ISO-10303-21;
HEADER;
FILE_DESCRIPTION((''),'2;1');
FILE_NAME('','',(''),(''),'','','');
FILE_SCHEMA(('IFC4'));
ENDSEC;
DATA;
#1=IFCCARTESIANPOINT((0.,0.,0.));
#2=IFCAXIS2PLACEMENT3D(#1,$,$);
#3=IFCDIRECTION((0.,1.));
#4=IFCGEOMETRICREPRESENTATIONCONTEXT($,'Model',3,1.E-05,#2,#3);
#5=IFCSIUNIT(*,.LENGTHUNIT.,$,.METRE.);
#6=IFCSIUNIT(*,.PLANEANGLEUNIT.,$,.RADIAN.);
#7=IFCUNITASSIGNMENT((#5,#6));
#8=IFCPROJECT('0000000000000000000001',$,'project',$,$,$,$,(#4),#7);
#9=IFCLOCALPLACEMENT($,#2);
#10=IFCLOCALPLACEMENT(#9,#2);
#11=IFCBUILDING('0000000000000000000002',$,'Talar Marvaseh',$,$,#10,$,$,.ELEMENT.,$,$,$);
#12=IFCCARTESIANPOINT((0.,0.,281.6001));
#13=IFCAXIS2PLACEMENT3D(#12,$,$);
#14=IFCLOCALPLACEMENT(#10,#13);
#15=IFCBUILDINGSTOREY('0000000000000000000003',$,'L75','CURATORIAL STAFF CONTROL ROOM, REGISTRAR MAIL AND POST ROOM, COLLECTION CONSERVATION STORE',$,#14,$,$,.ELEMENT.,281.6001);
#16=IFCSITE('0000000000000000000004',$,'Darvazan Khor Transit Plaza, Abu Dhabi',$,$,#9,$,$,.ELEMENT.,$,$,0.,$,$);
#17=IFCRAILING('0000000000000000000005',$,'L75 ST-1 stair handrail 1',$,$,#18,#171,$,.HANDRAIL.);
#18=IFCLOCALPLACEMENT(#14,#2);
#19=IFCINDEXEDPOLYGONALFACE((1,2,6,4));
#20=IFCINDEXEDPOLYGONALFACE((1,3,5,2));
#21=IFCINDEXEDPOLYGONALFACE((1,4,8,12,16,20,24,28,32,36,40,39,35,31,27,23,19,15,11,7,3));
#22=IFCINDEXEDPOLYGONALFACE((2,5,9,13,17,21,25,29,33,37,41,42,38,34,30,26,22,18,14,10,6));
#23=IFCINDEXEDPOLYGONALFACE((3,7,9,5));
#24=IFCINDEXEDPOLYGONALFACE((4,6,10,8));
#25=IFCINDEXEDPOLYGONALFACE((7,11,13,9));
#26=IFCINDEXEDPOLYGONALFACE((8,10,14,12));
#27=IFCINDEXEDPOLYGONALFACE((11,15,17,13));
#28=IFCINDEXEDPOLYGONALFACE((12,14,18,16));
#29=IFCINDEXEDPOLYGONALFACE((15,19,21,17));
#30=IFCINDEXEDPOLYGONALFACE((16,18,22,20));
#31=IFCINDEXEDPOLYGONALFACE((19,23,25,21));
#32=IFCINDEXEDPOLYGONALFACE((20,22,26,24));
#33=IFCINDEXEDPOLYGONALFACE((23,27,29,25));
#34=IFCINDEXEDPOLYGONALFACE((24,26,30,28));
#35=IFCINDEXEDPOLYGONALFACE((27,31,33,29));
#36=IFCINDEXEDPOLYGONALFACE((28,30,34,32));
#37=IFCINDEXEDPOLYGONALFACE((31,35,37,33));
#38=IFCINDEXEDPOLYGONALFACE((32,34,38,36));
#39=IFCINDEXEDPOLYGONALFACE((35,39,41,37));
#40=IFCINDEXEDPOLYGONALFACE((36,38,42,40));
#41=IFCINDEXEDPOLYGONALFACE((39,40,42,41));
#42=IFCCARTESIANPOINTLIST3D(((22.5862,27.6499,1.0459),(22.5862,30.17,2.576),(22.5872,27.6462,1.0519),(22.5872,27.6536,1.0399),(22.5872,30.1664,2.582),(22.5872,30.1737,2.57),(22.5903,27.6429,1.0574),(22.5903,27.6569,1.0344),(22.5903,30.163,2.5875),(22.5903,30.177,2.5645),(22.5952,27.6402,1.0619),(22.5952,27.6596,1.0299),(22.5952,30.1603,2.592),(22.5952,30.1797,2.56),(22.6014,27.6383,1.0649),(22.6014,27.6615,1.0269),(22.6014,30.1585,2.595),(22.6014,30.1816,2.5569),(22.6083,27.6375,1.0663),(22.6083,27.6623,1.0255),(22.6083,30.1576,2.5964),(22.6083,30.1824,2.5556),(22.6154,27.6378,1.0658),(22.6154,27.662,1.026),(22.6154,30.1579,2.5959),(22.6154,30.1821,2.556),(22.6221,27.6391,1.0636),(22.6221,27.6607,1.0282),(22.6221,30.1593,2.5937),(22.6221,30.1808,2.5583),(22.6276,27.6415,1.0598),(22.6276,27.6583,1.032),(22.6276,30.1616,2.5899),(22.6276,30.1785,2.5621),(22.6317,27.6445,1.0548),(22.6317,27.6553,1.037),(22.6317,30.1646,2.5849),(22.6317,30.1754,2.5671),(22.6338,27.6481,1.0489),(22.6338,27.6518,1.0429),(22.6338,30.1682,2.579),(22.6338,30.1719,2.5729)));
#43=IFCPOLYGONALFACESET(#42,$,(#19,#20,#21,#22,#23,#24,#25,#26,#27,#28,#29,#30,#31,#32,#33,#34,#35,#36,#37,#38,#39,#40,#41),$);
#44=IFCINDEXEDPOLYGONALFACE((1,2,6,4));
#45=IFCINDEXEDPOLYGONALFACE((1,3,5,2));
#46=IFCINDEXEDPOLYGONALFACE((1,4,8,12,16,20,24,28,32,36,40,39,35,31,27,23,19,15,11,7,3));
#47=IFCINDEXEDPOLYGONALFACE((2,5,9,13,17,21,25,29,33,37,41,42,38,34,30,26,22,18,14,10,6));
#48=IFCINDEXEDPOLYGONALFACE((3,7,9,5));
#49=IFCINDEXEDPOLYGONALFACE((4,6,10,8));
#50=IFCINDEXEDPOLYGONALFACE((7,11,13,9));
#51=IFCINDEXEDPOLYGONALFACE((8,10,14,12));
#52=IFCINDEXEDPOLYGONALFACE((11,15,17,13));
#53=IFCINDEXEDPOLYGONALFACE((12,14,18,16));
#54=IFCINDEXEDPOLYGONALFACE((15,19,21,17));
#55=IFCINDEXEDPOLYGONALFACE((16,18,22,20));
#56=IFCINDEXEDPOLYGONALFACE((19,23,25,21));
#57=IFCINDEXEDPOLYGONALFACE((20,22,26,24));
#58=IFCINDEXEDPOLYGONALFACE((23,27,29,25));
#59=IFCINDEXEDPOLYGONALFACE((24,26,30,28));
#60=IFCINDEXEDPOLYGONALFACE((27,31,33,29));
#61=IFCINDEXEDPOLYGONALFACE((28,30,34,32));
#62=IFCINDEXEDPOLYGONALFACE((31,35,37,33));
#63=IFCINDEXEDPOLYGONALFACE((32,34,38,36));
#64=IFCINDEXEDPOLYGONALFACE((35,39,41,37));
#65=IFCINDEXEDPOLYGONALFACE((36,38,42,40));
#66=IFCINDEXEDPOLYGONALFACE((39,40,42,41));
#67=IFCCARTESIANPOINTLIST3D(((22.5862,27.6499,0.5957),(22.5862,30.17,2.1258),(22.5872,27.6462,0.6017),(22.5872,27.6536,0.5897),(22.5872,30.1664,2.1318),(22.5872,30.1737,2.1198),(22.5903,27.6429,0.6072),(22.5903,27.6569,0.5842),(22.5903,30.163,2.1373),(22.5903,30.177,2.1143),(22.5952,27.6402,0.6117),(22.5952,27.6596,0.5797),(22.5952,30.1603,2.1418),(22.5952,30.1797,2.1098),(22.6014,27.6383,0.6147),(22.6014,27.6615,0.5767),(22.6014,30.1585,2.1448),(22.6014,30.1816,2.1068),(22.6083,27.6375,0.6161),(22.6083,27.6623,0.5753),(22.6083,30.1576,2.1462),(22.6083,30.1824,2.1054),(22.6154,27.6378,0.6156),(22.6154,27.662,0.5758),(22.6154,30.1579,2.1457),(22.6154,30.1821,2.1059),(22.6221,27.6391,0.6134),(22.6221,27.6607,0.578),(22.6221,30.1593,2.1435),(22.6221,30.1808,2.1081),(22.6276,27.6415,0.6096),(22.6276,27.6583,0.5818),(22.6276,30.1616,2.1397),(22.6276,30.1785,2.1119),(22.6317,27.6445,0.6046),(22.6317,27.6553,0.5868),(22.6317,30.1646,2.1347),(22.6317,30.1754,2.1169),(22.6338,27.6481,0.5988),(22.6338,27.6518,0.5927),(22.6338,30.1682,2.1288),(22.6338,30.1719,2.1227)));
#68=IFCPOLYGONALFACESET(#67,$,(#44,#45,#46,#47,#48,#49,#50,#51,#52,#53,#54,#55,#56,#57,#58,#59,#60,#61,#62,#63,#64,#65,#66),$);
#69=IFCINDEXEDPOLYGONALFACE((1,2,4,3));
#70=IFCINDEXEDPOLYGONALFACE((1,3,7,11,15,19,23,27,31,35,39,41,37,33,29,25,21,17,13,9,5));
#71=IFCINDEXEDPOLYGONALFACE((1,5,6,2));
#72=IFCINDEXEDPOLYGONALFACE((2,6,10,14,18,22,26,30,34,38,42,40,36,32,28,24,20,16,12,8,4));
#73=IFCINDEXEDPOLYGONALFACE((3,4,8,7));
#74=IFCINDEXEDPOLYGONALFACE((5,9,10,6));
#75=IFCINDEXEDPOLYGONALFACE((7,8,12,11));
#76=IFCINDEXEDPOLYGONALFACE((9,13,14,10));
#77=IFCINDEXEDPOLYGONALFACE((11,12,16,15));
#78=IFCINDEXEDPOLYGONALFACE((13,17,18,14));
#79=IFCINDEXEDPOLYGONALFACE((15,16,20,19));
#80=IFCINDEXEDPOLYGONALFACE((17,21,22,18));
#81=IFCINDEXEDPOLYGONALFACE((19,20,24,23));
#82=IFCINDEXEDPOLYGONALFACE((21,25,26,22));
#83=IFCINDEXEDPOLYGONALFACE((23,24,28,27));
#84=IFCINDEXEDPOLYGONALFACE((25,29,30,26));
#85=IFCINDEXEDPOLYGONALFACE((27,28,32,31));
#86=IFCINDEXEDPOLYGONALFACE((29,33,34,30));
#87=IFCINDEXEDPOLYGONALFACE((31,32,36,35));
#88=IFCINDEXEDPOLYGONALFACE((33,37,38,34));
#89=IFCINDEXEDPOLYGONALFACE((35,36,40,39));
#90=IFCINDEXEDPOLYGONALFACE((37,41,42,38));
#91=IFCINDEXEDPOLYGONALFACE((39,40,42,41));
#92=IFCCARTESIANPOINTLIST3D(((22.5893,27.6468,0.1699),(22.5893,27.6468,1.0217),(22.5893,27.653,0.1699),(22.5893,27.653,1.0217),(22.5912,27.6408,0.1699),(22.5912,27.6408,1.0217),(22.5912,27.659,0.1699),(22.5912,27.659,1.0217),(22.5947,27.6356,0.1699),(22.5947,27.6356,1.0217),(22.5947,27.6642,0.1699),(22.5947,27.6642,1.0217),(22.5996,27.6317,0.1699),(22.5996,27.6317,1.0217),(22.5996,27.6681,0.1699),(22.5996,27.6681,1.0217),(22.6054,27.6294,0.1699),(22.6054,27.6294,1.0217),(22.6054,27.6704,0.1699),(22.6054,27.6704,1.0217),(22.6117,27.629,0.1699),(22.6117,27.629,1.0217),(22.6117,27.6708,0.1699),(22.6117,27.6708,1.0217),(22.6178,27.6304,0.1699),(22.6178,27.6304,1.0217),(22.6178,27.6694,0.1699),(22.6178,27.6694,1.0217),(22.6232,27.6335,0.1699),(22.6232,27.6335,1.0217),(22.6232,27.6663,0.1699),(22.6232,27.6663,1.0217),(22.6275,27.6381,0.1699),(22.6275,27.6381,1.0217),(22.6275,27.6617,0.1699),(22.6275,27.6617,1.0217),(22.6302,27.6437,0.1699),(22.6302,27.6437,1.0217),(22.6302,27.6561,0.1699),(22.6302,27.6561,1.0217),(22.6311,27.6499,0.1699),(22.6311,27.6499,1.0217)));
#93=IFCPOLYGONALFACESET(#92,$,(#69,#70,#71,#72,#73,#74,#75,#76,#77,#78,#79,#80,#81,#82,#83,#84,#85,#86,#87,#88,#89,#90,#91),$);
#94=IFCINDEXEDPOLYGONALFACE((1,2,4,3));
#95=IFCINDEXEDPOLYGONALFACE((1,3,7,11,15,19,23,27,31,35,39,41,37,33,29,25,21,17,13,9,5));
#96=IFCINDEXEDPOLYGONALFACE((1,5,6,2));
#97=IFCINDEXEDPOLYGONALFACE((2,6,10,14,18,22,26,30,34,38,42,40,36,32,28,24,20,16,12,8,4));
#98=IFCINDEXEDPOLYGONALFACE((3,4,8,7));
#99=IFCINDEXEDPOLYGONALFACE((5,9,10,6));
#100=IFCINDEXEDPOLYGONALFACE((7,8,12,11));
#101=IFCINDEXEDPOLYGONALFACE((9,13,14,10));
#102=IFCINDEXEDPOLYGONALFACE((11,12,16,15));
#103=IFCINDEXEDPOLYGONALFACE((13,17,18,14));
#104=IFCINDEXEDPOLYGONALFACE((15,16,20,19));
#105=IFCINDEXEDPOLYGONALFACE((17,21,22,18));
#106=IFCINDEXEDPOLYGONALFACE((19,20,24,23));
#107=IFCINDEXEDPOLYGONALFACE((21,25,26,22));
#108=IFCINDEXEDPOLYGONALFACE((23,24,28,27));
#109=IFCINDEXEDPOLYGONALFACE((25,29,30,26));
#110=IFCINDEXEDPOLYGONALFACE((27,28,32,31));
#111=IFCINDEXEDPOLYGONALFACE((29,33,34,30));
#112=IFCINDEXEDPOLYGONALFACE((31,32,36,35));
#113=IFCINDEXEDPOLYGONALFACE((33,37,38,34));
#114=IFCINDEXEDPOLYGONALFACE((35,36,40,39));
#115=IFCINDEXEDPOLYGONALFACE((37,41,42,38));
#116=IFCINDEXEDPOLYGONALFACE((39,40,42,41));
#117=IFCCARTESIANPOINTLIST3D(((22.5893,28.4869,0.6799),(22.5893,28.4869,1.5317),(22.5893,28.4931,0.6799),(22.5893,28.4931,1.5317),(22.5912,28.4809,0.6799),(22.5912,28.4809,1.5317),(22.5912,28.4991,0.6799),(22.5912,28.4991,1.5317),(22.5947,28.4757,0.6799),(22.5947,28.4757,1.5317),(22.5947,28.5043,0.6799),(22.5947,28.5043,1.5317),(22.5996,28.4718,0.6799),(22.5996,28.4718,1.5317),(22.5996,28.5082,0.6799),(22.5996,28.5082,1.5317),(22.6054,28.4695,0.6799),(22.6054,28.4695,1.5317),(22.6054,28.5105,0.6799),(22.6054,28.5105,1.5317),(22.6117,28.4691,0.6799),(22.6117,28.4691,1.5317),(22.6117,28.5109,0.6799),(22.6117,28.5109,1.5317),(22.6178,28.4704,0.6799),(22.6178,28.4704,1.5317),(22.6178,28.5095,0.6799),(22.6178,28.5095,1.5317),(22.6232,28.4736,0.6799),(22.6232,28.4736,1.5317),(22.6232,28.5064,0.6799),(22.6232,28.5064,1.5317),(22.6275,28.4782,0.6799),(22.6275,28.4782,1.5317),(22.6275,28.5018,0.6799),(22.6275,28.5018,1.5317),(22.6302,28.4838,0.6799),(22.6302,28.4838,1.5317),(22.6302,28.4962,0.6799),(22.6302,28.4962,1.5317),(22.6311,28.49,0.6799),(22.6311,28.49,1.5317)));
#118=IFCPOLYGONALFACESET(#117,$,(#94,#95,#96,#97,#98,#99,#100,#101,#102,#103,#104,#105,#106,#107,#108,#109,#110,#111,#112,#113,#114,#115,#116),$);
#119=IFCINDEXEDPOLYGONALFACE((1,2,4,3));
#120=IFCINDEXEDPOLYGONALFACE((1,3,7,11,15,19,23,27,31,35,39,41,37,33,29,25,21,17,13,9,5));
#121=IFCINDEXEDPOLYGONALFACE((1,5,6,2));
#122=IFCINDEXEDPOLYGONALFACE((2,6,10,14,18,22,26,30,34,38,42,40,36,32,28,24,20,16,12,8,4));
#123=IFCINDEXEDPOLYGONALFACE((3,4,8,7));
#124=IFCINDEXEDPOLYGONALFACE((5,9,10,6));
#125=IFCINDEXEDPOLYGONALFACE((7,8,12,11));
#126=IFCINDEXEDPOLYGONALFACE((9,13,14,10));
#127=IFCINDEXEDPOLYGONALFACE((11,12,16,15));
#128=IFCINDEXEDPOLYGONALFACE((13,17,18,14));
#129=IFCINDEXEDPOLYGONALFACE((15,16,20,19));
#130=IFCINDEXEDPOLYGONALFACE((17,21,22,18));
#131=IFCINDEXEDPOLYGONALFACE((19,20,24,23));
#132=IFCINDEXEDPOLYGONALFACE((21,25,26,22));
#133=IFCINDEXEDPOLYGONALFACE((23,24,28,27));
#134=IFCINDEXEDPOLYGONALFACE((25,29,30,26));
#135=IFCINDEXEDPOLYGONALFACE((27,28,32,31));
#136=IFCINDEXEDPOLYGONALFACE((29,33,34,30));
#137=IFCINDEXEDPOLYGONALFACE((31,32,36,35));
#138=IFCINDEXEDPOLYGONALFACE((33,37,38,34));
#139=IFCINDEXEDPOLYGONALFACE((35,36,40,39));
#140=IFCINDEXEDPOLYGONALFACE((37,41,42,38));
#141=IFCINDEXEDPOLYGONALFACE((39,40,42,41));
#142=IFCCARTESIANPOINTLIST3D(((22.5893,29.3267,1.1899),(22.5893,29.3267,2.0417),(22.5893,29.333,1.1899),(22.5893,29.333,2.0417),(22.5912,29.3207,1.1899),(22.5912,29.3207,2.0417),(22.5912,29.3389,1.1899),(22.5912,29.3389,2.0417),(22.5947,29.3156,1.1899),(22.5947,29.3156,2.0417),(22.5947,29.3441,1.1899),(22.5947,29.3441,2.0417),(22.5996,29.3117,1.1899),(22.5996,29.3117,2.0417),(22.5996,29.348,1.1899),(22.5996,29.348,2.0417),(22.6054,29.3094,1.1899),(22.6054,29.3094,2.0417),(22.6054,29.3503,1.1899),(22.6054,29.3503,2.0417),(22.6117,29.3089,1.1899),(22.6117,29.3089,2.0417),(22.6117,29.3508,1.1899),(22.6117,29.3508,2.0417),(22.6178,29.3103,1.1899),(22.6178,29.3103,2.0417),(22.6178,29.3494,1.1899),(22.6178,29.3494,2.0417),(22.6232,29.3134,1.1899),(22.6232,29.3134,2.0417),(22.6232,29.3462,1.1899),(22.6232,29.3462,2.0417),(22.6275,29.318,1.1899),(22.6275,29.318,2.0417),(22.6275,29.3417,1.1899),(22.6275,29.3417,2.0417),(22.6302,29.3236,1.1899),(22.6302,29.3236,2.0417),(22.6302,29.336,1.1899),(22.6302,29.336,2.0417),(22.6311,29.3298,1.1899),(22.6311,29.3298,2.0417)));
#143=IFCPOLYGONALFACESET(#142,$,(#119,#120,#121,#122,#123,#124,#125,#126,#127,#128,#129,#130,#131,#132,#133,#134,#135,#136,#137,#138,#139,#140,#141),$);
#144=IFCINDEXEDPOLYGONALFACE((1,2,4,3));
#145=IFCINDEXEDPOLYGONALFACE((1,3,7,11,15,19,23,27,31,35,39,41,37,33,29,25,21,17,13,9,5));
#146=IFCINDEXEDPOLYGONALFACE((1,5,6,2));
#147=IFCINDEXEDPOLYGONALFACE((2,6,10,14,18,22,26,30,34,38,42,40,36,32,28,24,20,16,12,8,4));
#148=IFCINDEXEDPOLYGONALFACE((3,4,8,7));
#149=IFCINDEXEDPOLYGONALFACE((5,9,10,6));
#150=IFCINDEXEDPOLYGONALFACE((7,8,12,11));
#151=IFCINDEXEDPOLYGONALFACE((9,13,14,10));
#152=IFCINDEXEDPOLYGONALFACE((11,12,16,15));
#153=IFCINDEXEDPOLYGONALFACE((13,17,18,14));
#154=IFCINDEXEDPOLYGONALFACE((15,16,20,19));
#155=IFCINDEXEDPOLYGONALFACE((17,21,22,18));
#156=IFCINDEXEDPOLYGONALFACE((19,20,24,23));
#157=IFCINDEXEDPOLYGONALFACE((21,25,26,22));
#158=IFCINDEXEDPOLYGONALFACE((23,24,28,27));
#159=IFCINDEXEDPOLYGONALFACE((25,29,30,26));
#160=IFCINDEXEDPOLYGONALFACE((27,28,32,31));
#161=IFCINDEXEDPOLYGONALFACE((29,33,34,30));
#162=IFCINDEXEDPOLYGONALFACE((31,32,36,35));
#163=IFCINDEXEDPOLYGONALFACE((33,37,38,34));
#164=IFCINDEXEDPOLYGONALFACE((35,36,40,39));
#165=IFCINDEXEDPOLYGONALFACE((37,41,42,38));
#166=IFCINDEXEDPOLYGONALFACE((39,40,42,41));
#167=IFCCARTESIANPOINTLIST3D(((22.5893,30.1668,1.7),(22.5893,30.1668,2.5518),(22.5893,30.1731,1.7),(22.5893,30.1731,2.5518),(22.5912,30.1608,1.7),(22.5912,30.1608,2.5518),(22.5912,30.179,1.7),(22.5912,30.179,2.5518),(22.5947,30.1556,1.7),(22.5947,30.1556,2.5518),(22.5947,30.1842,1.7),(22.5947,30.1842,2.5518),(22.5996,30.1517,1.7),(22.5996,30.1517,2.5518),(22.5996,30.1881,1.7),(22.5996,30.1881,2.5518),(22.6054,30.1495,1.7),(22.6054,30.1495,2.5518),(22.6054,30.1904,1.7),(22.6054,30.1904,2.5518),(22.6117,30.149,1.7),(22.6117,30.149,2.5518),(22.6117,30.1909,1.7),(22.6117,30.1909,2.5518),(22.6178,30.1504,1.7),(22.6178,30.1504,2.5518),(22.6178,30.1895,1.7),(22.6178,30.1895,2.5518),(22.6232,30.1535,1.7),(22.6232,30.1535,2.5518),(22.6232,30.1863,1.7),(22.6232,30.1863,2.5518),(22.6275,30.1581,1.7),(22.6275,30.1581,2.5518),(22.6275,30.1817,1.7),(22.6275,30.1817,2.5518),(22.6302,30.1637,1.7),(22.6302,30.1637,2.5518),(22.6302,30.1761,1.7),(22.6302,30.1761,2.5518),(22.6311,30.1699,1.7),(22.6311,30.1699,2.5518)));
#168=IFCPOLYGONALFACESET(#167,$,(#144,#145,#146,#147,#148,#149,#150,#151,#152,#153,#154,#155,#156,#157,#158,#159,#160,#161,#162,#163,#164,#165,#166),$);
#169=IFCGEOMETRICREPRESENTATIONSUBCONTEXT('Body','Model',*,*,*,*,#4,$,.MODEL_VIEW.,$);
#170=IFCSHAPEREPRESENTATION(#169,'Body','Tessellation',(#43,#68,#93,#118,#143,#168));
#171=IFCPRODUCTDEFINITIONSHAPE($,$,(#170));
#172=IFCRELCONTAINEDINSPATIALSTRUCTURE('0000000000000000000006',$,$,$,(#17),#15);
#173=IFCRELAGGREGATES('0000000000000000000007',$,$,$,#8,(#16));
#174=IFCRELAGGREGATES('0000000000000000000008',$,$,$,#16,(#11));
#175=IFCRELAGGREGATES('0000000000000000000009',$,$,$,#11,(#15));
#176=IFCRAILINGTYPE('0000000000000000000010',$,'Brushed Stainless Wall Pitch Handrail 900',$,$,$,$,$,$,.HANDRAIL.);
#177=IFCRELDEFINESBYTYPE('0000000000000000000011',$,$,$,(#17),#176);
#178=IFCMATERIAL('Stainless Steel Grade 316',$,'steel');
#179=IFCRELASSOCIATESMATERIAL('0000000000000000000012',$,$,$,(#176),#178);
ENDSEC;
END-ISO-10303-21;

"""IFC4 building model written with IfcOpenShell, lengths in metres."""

from ifc_helpers import new_model, si_unit, direction, frame, origin, origin_2d, place, context, subcontext, project, spatial, circle, extrude, material, type_object, element, save


model = new_model("IFC4")

# Units and contexts
model_context = context("Model", 3, precision=1e-05, world=origin(), true_north=direction((0.0, 1.0)))
body_context = subcontext(model_context, "Body", "Model", "MODEL_VIEW")
ifc_project = project(units=[si_unit("LENGTHUNIT", "METRE"), si_unit("PLANEANGLEUNIT", "RADIAN")], contexts=[model_context])

# Site, building, storey
site_placement = place(None, origin())
site = spatial("IfcSite", under=ifc_project, at=site_placement, Name="Darvazan Khor Transit Plaza, Abu Dhabi", CompositionType="ELEMENT", RefElevation=0.0)
building_placement = place(site_placement, origin())
building = spatial("IfcBuilding", under=site, at=building_placement, Name="Talar Marvaseh", CompositionType="ELEMENT")
storey_placement = place(building_placement, frame((0.0, 0.0, 281.6001)))
storey = spatial("IfcBuildingStorey", under=building, at=storey_placement, Name="L75", Description="CURATORIAL STAFF CONTROL ROOM, REGISTRAR MAIL AND POST ROOM, COLLECTION CONSERVATION STORE", CompositionType="ELEMENT", Elevation=281.6001)

# Railing
ifc_material_1 = material(Name="Stainless Steel Grade 316", Category="steel")
railing_type_1 = type_object("IfcRailingType", Name="Brushed Stainless Wall Pitch Handrail 900", PredefinedType="HANDRAIL", material=ifc_material_1)
railing_1_placement = place(storey_placement, frame((22.6101, 27.6499, 0.1699)))
element("IfcRailing", 1, at=railing_1_placement, inside=storey, type_object=railing_type_1, Name="L75 ST-1 stair handrail 1", PredefinedType="HANDRAIL", context=body_context, shape_type="SweptSolid", body=[
    extrude(circle(Radius=0.0239, at=origin_2d()), frame((0.0, 0.0, 0.876), z_axis=(0.0, 0.854785, 0.518982), x_axis=(-1.0, 0.0, 0.0)), (0.0, 0.0, 1.0), 2.9482),
    extrude(circle(Radius=0.0239, at=origin_2d()), frame((0.0, 0.0, 0.4258), z_axis=(0.0, 0.854785, 0.518982), x_axis=(-1.0, 0.0, 0.0)), (0.0, 0.0, 1.0), 2.9482),
    extrude(circle(Radius=0.021, at=origin_2d()), origin(), (0.0, 0.0, 1.0), 0.8518),
    extrude(circle(Radius=0.021, at=origin_2d()), frame((0.0, 0.8401, 0.51)), (0.0, 0.0, 1.0), 0.8518),
    extrude(circle(Radius=0.021, at=origin_2d()), frame((0.0, 1.6799, 1.02)), (0.0, 0.0, 1.0), 0.8518),
    extrude(circle(Radius=0.021, at=origin_2d()), frame((0.0, 2.52, 1.53)), (0.0, 0.0, 1.0), 0.8518),
])

save(model, "model.ifc")
